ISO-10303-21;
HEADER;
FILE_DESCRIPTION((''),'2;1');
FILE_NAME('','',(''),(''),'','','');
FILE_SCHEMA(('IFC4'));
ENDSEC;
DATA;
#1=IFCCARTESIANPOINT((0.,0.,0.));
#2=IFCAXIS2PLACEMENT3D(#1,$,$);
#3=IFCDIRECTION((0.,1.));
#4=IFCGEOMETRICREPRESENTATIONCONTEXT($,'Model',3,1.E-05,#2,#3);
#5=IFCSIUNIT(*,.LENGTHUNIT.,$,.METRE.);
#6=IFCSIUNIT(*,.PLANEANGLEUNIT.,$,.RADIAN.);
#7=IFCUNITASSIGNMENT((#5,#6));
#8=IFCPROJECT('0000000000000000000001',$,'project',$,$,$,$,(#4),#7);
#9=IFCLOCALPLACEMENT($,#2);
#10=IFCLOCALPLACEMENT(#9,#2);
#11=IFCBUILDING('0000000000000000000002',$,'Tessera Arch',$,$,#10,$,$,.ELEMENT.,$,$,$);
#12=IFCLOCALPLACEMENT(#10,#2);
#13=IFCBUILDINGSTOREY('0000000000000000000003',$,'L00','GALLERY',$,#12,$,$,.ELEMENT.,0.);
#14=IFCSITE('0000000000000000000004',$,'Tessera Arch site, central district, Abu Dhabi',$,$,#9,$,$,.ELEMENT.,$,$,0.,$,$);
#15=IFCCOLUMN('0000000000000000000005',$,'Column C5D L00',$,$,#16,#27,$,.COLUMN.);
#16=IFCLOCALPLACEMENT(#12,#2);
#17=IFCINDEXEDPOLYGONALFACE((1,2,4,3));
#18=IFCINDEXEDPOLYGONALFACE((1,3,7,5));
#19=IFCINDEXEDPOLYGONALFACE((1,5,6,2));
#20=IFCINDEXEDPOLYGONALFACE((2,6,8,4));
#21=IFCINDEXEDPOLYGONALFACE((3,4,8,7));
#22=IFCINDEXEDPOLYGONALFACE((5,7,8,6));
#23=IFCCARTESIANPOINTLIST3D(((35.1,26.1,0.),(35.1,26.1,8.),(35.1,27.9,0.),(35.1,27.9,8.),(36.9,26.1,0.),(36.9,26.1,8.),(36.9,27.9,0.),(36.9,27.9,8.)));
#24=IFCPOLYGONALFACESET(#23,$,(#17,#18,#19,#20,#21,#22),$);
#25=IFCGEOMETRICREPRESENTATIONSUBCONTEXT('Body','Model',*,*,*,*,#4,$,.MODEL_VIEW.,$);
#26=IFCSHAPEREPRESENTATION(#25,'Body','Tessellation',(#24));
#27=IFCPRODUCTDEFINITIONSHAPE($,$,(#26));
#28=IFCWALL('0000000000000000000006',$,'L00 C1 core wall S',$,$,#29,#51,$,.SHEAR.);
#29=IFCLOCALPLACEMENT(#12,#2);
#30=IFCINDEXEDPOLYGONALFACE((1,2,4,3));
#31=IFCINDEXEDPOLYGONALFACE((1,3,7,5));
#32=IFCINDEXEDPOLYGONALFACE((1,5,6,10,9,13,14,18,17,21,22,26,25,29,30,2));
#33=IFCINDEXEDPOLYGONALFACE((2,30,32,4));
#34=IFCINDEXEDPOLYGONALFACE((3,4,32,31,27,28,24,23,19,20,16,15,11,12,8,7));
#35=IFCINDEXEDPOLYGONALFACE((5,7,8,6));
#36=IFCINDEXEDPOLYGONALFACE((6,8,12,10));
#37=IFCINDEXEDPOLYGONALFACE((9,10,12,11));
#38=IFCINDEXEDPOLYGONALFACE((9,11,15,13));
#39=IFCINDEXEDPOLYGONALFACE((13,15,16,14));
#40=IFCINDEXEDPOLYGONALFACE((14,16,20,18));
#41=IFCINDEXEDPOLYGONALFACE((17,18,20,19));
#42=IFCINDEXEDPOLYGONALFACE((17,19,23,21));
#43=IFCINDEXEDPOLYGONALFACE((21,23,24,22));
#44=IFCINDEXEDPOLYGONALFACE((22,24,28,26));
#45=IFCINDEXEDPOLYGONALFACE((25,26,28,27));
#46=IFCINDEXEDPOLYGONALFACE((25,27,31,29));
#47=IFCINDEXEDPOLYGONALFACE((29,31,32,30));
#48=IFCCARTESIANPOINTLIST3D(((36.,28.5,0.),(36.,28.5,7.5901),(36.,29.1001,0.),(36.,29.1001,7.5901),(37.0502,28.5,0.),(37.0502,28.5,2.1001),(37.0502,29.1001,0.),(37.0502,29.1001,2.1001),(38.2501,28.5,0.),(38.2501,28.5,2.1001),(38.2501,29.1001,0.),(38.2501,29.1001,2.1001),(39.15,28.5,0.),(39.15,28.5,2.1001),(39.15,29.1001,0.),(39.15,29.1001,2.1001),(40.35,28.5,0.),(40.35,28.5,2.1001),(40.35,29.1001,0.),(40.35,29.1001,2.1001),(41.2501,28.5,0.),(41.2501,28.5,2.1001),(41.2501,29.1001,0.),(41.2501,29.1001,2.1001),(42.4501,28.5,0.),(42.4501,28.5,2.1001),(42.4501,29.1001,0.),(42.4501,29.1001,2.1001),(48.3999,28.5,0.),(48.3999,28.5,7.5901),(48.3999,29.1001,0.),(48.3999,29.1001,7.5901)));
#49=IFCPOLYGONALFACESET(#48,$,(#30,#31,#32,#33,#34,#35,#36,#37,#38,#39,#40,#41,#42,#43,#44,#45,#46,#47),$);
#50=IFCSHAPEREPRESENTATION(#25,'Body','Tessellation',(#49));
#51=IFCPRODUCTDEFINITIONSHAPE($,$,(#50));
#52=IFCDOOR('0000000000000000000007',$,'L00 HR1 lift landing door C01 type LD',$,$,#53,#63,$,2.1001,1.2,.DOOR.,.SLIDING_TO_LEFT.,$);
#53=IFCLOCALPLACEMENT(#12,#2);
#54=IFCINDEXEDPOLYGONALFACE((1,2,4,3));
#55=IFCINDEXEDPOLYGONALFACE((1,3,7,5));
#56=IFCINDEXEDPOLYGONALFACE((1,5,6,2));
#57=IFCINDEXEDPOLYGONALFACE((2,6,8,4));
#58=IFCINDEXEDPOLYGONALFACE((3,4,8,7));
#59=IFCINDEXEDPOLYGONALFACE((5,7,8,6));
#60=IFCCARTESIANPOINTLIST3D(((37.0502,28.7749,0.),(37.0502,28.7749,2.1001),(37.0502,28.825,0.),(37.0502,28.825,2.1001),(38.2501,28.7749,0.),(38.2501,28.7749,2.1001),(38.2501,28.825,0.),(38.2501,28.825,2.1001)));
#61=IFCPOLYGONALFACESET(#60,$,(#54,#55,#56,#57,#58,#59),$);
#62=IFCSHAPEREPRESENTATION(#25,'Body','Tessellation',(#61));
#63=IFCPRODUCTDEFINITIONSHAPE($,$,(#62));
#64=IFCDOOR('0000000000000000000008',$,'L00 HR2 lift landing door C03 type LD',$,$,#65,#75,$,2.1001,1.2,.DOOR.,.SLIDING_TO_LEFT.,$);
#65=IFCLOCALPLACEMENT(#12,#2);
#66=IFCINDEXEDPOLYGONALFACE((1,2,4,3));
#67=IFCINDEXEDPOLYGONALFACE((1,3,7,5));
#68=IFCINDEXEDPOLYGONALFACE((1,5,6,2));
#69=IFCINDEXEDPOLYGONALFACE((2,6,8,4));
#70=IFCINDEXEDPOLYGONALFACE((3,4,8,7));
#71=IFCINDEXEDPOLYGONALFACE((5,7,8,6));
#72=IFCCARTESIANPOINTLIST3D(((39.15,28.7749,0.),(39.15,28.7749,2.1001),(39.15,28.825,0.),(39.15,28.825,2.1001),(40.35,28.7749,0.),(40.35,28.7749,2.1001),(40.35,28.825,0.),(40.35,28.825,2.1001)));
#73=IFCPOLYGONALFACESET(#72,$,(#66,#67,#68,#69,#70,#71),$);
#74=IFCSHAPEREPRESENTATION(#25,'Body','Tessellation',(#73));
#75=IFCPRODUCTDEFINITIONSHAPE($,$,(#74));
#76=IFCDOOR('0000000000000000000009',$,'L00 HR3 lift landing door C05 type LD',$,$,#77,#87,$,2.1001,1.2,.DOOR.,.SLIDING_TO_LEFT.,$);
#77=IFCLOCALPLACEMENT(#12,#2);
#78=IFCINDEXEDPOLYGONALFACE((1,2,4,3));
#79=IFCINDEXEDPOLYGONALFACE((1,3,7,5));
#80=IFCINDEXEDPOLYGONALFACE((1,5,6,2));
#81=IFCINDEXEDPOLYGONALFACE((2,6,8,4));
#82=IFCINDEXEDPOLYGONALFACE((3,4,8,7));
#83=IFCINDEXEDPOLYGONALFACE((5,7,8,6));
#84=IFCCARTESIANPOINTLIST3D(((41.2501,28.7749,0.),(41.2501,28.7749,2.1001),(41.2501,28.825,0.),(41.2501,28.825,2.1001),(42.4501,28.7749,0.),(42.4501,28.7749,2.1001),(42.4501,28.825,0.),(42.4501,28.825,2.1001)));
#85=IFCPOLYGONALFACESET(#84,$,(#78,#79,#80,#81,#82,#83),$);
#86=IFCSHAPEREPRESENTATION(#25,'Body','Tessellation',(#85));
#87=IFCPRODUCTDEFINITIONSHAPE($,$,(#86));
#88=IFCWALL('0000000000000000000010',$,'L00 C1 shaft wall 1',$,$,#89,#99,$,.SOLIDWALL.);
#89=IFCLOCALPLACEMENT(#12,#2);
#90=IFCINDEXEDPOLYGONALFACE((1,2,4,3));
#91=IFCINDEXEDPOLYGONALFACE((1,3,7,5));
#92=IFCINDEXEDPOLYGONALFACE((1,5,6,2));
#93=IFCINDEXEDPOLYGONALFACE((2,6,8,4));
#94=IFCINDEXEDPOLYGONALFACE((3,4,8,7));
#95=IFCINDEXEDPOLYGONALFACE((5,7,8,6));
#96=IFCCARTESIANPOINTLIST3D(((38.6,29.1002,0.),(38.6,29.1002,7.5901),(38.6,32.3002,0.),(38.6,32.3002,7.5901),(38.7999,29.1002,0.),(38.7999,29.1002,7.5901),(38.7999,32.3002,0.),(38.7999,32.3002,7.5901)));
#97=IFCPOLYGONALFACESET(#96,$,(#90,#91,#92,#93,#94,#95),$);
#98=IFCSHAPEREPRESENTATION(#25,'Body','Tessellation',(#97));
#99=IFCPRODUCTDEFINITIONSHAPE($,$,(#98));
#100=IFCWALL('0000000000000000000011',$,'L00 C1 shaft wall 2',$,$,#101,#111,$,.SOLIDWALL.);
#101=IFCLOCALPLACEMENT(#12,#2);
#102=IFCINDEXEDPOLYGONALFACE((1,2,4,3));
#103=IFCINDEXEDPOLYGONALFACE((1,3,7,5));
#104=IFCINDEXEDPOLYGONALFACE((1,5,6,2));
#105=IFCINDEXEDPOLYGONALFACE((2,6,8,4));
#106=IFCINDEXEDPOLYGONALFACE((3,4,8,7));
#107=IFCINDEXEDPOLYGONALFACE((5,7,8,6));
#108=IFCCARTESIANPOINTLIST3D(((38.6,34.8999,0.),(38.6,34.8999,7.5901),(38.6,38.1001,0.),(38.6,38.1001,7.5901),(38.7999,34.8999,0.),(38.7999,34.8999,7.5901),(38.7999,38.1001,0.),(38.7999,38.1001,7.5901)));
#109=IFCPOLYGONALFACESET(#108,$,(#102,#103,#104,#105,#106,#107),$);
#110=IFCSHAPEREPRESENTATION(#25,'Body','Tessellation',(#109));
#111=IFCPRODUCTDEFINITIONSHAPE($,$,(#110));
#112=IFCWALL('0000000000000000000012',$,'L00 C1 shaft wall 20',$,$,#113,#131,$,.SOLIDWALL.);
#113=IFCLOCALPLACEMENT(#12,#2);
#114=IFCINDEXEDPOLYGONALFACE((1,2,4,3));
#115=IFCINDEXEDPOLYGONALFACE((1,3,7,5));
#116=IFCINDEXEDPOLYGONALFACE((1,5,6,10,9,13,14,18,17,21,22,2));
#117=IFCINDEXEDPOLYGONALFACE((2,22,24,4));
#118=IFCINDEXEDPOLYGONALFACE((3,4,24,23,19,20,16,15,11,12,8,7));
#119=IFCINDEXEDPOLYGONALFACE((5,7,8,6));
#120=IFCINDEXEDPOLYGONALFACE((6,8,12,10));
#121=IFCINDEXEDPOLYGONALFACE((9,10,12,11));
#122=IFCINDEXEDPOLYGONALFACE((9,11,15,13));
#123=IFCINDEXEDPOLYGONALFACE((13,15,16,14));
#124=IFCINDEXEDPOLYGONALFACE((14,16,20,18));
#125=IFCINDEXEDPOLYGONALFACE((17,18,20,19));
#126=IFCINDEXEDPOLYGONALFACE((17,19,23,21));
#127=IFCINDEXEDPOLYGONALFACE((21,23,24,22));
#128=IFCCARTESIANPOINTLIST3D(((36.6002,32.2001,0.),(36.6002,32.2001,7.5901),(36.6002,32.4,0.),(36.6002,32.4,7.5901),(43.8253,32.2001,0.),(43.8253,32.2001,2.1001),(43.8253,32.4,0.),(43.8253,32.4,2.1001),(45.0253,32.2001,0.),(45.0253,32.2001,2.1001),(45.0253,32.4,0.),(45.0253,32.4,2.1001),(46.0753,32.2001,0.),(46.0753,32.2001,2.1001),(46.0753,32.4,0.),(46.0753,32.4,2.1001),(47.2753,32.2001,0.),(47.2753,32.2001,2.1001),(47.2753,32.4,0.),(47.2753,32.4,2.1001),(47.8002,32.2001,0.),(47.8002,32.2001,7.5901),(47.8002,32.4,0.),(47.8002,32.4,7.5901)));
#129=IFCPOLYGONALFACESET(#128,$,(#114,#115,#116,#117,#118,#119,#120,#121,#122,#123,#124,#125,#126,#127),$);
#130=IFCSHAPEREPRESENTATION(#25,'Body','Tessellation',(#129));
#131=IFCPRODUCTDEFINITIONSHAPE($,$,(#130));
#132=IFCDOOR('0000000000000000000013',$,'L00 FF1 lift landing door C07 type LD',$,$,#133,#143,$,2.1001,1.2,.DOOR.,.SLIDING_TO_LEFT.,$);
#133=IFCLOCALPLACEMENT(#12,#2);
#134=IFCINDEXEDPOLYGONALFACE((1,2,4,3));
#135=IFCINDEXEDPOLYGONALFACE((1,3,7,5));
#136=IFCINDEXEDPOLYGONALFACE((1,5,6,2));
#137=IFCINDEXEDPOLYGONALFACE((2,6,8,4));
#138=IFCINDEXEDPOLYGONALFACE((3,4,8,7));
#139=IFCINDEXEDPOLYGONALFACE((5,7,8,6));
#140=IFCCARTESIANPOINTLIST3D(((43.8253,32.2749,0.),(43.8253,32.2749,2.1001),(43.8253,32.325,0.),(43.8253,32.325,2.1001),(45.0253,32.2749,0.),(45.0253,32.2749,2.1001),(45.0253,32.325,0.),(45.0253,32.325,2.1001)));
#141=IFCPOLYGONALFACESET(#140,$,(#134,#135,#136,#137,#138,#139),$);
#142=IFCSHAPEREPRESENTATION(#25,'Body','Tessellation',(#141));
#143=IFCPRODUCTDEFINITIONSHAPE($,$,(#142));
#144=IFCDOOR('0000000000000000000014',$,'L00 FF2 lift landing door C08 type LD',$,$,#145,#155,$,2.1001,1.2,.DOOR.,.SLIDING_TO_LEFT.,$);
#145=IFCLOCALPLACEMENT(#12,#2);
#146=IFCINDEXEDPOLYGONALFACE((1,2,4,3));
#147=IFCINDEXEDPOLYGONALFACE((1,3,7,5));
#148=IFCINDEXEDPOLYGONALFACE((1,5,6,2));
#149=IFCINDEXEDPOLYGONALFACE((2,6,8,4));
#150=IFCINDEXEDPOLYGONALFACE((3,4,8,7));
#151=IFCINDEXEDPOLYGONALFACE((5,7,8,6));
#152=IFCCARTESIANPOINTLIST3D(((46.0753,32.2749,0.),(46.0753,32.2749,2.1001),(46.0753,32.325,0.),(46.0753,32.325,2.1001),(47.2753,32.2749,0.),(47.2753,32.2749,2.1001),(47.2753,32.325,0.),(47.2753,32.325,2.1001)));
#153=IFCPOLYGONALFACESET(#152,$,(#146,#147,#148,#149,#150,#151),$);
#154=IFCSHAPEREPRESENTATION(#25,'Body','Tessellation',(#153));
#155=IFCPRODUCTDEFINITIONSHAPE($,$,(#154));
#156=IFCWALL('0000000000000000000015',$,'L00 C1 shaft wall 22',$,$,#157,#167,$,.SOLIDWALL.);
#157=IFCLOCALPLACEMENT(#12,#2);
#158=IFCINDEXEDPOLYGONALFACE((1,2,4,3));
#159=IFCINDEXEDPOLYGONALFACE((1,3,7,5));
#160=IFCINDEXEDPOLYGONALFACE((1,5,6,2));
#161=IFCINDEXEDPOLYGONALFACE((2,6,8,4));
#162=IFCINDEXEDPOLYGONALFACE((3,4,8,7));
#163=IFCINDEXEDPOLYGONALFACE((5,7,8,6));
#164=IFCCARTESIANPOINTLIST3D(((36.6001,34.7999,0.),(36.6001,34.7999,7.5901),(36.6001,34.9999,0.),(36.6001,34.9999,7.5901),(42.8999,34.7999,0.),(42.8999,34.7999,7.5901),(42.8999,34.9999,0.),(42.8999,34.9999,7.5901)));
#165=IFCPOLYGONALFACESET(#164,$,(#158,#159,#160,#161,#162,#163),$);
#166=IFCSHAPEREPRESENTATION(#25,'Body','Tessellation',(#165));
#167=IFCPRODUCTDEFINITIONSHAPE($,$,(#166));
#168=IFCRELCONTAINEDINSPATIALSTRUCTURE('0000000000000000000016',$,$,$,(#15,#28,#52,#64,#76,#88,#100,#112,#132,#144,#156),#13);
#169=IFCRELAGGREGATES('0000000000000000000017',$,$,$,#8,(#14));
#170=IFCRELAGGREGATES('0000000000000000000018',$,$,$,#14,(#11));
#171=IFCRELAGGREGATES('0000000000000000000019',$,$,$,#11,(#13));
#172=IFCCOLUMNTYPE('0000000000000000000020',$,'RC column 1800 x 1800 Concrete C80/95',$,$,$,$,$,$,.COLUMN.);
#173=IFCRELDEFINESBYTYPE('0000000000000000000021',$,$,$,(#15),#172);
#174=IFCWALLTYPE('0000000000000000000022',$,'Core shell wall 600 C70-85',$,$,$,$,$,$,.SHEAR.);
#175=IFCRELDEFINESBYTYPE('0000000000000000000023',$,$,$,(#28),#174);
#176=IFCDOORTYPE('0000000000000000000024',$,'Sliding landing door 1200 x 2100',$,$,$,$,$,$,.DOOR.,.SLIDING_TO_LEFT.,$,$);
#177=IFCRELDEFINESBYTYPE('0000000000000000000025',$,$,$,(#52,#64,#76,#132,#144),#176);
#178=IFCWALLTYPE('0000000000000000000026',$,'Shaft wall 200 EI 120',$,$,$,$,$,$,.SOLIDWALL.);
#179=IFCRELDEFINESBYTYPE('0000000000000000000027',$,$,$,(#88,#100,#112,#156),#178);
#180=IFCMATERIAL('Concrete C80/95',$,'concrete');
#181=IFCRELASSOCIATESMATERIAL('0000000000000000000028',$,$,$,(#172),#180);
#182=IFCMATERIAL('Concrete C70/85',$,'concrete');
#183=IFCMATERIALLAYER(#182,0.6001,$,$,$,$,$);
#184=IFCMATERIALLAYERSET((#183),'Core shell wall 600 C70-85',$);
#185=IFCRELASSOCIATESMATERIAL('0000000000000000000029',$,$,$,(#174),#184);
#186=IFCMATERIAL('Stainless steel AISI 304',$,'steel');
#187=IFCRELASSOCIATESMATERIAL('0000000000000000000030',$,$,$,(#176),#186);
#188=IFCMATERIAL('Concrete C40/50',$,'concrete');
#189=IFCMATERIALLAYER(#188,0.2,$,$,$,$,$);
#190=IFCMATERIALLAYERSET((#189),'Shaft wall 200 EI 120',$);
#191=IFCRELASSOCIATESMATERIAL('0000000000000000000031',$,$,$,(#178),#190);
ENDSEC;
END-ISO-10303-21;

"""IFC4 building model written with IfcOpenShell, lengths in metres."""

from ifc_helpers import new_model, si_unit, direction, frame, frame_2d, origin, origin_2d, place, context, subcontext, project, spatial, rectangle, extrude, material, layer, layer_set, material_profile, profile_set, type_object, element, fill, save


model = new_model("IFC4")

# Units and contexts
model_context = context("Model", 3, precision=1e-05, world=origin(), true_north=direction((0.0, 1.0)))
body_context = subcontext(model_context, "Body", "Model", "MODEL_VIEW")
ifc_project = project(units=[si_unit("LENGTHUNIT", "METRE"), si_unit("PLANEANGLEUNIT", "RADIAN")], contexts=[model_context])

# Site, building, storey
site_placement = place(None, origin())
site = spatial("IfcSite", under=ifc_project, at=site_placement, Name="Tessera Arch site, central district, Abu Dhabi", CompositionType="ELEMENT", RefElevation=0.0)
building_placement = place(site_placement, origin())
building = spatial("IfcBuilding", under=site, at=building_placement, Name="Tessera Arch", CompositionType="ELEMENT")
storey_placement = place(building_placement, origin())
storey = spatial("IfcBuildingStorey", under=building, at=storey_placement, Name="L00", Description="GALLERY", CompositionType="ELEMENT", Elevation=0.0)

# Column
ifc_material_1 = material(Name="Concrete C80/95", Category="concrete")
ifc_material_profile = material_profile(ifc_material_1, rectangle(XDim=1.8, YDim=1.8, at=origin_2d()), Name="RC column 1800 x 1800 Concrete C80/95")
ifc_profile_set = profile_set([ifc_material_profile], Name="Concrete C80/95")
column_type = type_object("IfcColumnType", Name="RC column 1800 x 1800 Concrete C80/95", PredefinedType="COLUMN", material=ifc_profile_set)
column_placement = place(storey_placement, frame((36.0, 27.0, 0.0), z_axis=(0.0, 0.0, 1.0), x_axis=(1.0, 0.0, 0.0)))
element("IfcColumn", 1, at=column_placement, inside=storey, type_object=column_type, Name="Column C5D L00", PredefinedType="COLUMN", context=body_context, shape_type="SweptSolid", body=[
    extrude(rectangle(XDim=1.8, YDim=1.8, at=origin_2d()), origin(), (0.0, 0.0, 1.0), 8.0),
])

# Wall, openings, doors
ifc_material_2 = material(Name="Concrete C70/85", Category="concrete")
ifc_layer_1 = layer(ifc_material_2, 0.6001)
ifc_layer_set_1 = layer_set([ifc_layer_1], Name="Core shell wall 600 C70-85")
wall_type_1 = type_object("IfcWallType", Name="Core shell wall 600 C70-85", PredefinedType="SHEAR", material=ifc_layer_set_1)
wall_1_placement = place(storey_placement, frame((36.0, 28.8, 0.0), z_axis=(0.0, 0.0, 1.0), x_axis=(1.0, 0.0, 0.0)))
wall_1 = element("IfcWall", 2, at=wall_1_placement, inside=storey, type_object=wall_type_1, Name="L00 C1 core wall S", PredefinedType="SHEAR", context=body_context, shape_type="SweptSolid", body=[
    extrude(rectangle(XDim=12.3999, YDim=0.6001, at=frame_2d((6.2, 0.0))), origin(), (0.0, 0.0, 1.0), 7.5901),
])
opening_1_placement = place(wall_1_placement, frame((1.05, 0.0, 0.0)))
opening_1 = element("IfcOpeningElement", 3, at=opening_1_placement, cuts=wall_1, PredefinedType="OPENING", context=body_context, shape_type="SweptSolid", body=[
    extrude(rectangle(XDim=1.2, YDim=2.1001, at=frame_2d((0.6001, 1.05))), frame((0.0, 0.3101, 0.0), z_axis=(0.0, -1.0, 0.0), x_axis=(1.0, 0.0, 0.0)), (0.0, 0.0, 1.0), 0.6201),
])
opening_2_placement = place(wall_1_placement, frame((3.1499, 0.0, 0.0)))
opening_2 = element("IfcOpeningElement", 4, at=opening_2_placement, cuts=wall_1, PredefinedType="OPENING", context=body_context, shape_type="SweptSolid", body=[
    extrude(rectangle(XDim=1.2, YDim=2.1001, at=frame_2d((0.6001, 1.05))), frame((0.0, 0.3101, 0.0), z_axis=(0.0, -1.0, 0.0), x_axis=(1.0, 0.0, 0.0)), (0.0, 0.0, 1.0), 0.6201),
])
opening_3_placement = place(wall_1_placement, frame((5.25, 0.0, 0.0)))
opening_3 = element("IfcOpeningElement", 5, at=opening_3_placement, cuts=wall_1, PredefinedType="OPENING", context=body_context, shape_type="SweptSolid", body=[
    extrude(rectangle(XDim=1.2, YDim=2.1001, at=frame_2d((0.6001, 1.05))), frame((0.0, 0.3101, 0.0), z_axis=(0.0, -1.0, 0.0), x_axis=(1.0, 0.0, 0.0)), (0.0, 0.0, 1.0), 0.6201),
])
ifc_material_3 = material(Name="Stainless steel AISI 304", Category="steel")
door_type_1 = type_object("IfcDoorType", Name="Sliding landing door 1200 x 2100", OperationType="SLIDING_TO_LEFT", PredefinedType="DOOR", material=ifc_material_3)
door_1_placement = place(opening_1_placement, origin())
door_1 = element("IfcDoor", 6, at=door_1_placement, inside=storey, type_object=door_type_1, Name="L00 HR1 lift landing door C01 type LD", OperationType="SLIDING_TO_LEFT", OverallHeight=2.1001, OverallWidth=1.2, PredefinedType="DOOR", context=body_context, shape_type="SweptSolid", body=[
    extrude(rectangle(XDim=1.2, YDim=2.1001, at=frame_2d((0.6001, 1.05))), frame((0.0, 0.0249, 0.0), z_axis=(0.0, -1.0, 0.0), x_axis=(1.0, 0.0, 0.0)), (0.0, 0.0, 1.0), 0.05),
])
fill(opening_1, door_1)
door_2_placement = place(opening_2_placement, origin())
door_2 = element("IfcDoor", 7, at=door_2_placement, inside=storey, type_object=door_type_1, Name="L00 HR2 lift landing door C03 type LD", OperationType="SLIDING_TO_LEFT", OverallHeight=2.1001, OverallWidth=1.2, PredefinedType="DOOR", context=body_context, shape_type="SweptSolid", body=[
    extrude(rectangle(XDim=1.2, YDim=2.1001, at=frame_2d((0.6001, 1.05))), frame((0.0, 0.0249, 0.0), z_axis=(0.0, -1.0, 0.0), x_axis=(1.0, 0.0, 0.0)), (0.0, 0.0, 1.0), 0.05),
])
fill(opening_2, door_2)
door_3_placement = place(opening_3_placement, origin())
door_3 = element("IfcDoor", 8, at=door_3_placement, inside=storey, type_object=door_type_1, Name="L00 HR3 lift landing door C05 type LD", OperationType="SLIDING_TO_LEFT", OverallHeight=2.1001, OverallWidth=1.2, PredefinedType="DOOR", context=body_context, shape_type="SweptSolid", body=[
    extrude(rectangle(XDim=1.2, YDim=2.1001, at=frame_2d((0.6001, 1.05))), frame((0.0, 0.0249, 0.0), z_axis=(0.0, -1.0, 0.0), x_axis=(1.0, 0.0, 0.0)), (0.0, 0.0, 1.0), 0.05),
])
fill(opening_3, door_3)

# Walls
ifc_material_4 = material(Name="Concrete C40/50", Category="concrete")
ifc_layer_2 = layer(ifc_material_4, 0.2)
ifc_layer_set_2 = layer_set([ifc_layer_2], Name="Shaft wall 200 EI 120")
wall_type_2 = type_object("IfcWallType", Name="Shaft wall 200 EI 120", PredefinedType="SOLIDWALL", material=ifc_layer_set_2)
wall_2_placement = place(storey_placement, frame((38.7, 29.1001, 0.0), z_axis=(0.0, 0.0, 1.0), x_axis=(0.0, 1.0, 0.0)))
element("IfcWall", 9, at=wall_2_placement, inside=storey, type_object=wall_type_2, Name="L00 C1 shaft wall 1", PredefinedType="SOLIDWALL", context=body_context, shape_type="SweptSolid", body=[
    extrude(rectangle(XDim=3.2, YDim=0.2, at=frame_2d((1.6001, 0.0))), origin(), (0.0, 0.0, 1.0), 7.5901),
])
wall_3_placement = place(storey_placement, frame((38.7, 34.8999, 0.0), z_axis=(0.0, 0.0, 1.0), x_axis=(0.0, 1.0, 0.0)))
element("IfcWall", 10, at=wall_3_placement, inside=storey, type_object=wall_type_2, Name="L00 C1 shaft wall 2", PredefinedType="SOLIDWALL", context=body_context, shape_type="SweptSolid", body=[
    extrude(rectangle(XDim=3.2002, YDim=0.2, at=frame_2d((1.6001, 0.0))), origin(), (0.0, 0.0, 1.0), 7.5901),
])

# Wall, openings, doors
wall_4_placement = place(storey_placement, frame((36.6001, 32.3, 0.0), z_axis=(0.0, 0.0, 1.0), x_axis=(1.0, 0.0, 0.0)))
wall_4 = element("IfcWall", 11, at=wall_4_placement, inside=storey, type_object=wall_type_2, Name="L00 C1 shaft wall 20", PredefinedType="SOLIDWALL", context=body_context, shape_type="SweptSolid", body=[
    extrude(rectangle(XDim=11.2, YDim=0.2, at=frame_2d((5.6001, 0.0))), origin(), (0.0, 0.0, 1.0), 7.5901),
])
opening_4_placement = place(wall_4_placement, frame((7.2251, 0.0, 0.0)))
opening_4 = element("IfcOpeningElement", 12, at=opening_4_placement, cuts=wall_4, PredefinedType="OPENING", context=body_context, shape_type="SweptSolid", body=[
    extrude(rectangle(XDim=1.2, YDim=2.1001, at=frame_2d((0.6001, 1.05))), frame((0.0, 0.1099, 0.0), z_axis=(0.0, -1.0, 0.0), x_axis=(1.0, 0.0, 0.0)), (0.0, 0.0, 1.0), 0.22),
])
opening_5_placement = place(wall_4_placement, frame((9.4751, 0.0, 0.0)))
opening_5 = element("IfcOpeningElement", 13, at=opening_5_placement, cuts=wall_4, PredefinedType="OPENING", context=body_context, shape_type="SweptSolid", body=[
    extrude(rectangle(XDim=1.2, YDim=2.1001, at=frame_2d((0.6001, 1.05))), frame((0.0, 0.1099, 0.0), z_axis=(0.0, -1.0, 0.0), x_axis=(1.0, 0.0, 0.0)), (0.0, 0.0, 1.0), 0.22),
])
door_4_placement = place(opening_4_placement, origin())
door_4 = element("IfcDoor", 14, at=door_4_placement, inside=storey, type_object=door_type_1, Name="L00 FF1 lift landing door C07 type LD", OperationType="SLIDING_TO_LEFT", OverallHeight=2.1001, OverallWidth=1.2, PredefinedType="DOOR", context=body_context, shape_type="SweptSolid", body=[
    extrude(rectangle(XDim=1.2, YDim=2.1001, at=frame_2d((0.6001, 1.05))), frame((0.0, 0.0249, 0.0), z_axis=(0.0, -1.0, 0.0), x_axis=(1.0, 0.0, 0.0)), (0.0, 0.0, 1.0), 0.05),
])
fill(opening_4, door_4)
door_5_placement = place(opening_5_placement, origin())
door_5 = element("IfcDoor", 15, at=door_5_placement, inside=storey, type_object=door_type_1, Name="L00 FF2 lift landing door C08 type LD", OperationType="SLIDING_TO_LEFT", OverallHeight=2.1001, OverallWidth=1.2, PredefinedType="DOOR", context=body_context, shape_type="SweptSolid", body=[
    extrude(rectangle(XDim=1.2, YDim=2.1001, at=frame_2d((0.6001, 1.05))), frame((0.0, 0.0249, 0.0), z_axis=(0.0, -1.0, 0.0), x_axis=(1.0, 0.0, 0.0)), (0.0, 0.0, 1.0), 0.05),
])
fill(opening_5, door_5)

# Wall
wall_5_placement = place(storey_placement, frame((36.6001, 34.8999, 0.0), z_axis=(0.0, 0.0, 1.0), x_axis=(1.0, 0.0, 0.0)))
element("IfcWall", 16, at=wall_5_placement, inside=storey, type_object=wall_type_2, Name="L00 C1 shaft wall 22", PredefinedType="SOLIDWALL", context=body_context, shape_type="SweptSolid", body=[
    extrude(rectangle(XDim=6.2998, YDim=0.2, at=frame_2d((3.1499, 0.0))), origin(), (0.0, 0.0, 1.0), 7.5901),
])

save(model, "model.ifc")
